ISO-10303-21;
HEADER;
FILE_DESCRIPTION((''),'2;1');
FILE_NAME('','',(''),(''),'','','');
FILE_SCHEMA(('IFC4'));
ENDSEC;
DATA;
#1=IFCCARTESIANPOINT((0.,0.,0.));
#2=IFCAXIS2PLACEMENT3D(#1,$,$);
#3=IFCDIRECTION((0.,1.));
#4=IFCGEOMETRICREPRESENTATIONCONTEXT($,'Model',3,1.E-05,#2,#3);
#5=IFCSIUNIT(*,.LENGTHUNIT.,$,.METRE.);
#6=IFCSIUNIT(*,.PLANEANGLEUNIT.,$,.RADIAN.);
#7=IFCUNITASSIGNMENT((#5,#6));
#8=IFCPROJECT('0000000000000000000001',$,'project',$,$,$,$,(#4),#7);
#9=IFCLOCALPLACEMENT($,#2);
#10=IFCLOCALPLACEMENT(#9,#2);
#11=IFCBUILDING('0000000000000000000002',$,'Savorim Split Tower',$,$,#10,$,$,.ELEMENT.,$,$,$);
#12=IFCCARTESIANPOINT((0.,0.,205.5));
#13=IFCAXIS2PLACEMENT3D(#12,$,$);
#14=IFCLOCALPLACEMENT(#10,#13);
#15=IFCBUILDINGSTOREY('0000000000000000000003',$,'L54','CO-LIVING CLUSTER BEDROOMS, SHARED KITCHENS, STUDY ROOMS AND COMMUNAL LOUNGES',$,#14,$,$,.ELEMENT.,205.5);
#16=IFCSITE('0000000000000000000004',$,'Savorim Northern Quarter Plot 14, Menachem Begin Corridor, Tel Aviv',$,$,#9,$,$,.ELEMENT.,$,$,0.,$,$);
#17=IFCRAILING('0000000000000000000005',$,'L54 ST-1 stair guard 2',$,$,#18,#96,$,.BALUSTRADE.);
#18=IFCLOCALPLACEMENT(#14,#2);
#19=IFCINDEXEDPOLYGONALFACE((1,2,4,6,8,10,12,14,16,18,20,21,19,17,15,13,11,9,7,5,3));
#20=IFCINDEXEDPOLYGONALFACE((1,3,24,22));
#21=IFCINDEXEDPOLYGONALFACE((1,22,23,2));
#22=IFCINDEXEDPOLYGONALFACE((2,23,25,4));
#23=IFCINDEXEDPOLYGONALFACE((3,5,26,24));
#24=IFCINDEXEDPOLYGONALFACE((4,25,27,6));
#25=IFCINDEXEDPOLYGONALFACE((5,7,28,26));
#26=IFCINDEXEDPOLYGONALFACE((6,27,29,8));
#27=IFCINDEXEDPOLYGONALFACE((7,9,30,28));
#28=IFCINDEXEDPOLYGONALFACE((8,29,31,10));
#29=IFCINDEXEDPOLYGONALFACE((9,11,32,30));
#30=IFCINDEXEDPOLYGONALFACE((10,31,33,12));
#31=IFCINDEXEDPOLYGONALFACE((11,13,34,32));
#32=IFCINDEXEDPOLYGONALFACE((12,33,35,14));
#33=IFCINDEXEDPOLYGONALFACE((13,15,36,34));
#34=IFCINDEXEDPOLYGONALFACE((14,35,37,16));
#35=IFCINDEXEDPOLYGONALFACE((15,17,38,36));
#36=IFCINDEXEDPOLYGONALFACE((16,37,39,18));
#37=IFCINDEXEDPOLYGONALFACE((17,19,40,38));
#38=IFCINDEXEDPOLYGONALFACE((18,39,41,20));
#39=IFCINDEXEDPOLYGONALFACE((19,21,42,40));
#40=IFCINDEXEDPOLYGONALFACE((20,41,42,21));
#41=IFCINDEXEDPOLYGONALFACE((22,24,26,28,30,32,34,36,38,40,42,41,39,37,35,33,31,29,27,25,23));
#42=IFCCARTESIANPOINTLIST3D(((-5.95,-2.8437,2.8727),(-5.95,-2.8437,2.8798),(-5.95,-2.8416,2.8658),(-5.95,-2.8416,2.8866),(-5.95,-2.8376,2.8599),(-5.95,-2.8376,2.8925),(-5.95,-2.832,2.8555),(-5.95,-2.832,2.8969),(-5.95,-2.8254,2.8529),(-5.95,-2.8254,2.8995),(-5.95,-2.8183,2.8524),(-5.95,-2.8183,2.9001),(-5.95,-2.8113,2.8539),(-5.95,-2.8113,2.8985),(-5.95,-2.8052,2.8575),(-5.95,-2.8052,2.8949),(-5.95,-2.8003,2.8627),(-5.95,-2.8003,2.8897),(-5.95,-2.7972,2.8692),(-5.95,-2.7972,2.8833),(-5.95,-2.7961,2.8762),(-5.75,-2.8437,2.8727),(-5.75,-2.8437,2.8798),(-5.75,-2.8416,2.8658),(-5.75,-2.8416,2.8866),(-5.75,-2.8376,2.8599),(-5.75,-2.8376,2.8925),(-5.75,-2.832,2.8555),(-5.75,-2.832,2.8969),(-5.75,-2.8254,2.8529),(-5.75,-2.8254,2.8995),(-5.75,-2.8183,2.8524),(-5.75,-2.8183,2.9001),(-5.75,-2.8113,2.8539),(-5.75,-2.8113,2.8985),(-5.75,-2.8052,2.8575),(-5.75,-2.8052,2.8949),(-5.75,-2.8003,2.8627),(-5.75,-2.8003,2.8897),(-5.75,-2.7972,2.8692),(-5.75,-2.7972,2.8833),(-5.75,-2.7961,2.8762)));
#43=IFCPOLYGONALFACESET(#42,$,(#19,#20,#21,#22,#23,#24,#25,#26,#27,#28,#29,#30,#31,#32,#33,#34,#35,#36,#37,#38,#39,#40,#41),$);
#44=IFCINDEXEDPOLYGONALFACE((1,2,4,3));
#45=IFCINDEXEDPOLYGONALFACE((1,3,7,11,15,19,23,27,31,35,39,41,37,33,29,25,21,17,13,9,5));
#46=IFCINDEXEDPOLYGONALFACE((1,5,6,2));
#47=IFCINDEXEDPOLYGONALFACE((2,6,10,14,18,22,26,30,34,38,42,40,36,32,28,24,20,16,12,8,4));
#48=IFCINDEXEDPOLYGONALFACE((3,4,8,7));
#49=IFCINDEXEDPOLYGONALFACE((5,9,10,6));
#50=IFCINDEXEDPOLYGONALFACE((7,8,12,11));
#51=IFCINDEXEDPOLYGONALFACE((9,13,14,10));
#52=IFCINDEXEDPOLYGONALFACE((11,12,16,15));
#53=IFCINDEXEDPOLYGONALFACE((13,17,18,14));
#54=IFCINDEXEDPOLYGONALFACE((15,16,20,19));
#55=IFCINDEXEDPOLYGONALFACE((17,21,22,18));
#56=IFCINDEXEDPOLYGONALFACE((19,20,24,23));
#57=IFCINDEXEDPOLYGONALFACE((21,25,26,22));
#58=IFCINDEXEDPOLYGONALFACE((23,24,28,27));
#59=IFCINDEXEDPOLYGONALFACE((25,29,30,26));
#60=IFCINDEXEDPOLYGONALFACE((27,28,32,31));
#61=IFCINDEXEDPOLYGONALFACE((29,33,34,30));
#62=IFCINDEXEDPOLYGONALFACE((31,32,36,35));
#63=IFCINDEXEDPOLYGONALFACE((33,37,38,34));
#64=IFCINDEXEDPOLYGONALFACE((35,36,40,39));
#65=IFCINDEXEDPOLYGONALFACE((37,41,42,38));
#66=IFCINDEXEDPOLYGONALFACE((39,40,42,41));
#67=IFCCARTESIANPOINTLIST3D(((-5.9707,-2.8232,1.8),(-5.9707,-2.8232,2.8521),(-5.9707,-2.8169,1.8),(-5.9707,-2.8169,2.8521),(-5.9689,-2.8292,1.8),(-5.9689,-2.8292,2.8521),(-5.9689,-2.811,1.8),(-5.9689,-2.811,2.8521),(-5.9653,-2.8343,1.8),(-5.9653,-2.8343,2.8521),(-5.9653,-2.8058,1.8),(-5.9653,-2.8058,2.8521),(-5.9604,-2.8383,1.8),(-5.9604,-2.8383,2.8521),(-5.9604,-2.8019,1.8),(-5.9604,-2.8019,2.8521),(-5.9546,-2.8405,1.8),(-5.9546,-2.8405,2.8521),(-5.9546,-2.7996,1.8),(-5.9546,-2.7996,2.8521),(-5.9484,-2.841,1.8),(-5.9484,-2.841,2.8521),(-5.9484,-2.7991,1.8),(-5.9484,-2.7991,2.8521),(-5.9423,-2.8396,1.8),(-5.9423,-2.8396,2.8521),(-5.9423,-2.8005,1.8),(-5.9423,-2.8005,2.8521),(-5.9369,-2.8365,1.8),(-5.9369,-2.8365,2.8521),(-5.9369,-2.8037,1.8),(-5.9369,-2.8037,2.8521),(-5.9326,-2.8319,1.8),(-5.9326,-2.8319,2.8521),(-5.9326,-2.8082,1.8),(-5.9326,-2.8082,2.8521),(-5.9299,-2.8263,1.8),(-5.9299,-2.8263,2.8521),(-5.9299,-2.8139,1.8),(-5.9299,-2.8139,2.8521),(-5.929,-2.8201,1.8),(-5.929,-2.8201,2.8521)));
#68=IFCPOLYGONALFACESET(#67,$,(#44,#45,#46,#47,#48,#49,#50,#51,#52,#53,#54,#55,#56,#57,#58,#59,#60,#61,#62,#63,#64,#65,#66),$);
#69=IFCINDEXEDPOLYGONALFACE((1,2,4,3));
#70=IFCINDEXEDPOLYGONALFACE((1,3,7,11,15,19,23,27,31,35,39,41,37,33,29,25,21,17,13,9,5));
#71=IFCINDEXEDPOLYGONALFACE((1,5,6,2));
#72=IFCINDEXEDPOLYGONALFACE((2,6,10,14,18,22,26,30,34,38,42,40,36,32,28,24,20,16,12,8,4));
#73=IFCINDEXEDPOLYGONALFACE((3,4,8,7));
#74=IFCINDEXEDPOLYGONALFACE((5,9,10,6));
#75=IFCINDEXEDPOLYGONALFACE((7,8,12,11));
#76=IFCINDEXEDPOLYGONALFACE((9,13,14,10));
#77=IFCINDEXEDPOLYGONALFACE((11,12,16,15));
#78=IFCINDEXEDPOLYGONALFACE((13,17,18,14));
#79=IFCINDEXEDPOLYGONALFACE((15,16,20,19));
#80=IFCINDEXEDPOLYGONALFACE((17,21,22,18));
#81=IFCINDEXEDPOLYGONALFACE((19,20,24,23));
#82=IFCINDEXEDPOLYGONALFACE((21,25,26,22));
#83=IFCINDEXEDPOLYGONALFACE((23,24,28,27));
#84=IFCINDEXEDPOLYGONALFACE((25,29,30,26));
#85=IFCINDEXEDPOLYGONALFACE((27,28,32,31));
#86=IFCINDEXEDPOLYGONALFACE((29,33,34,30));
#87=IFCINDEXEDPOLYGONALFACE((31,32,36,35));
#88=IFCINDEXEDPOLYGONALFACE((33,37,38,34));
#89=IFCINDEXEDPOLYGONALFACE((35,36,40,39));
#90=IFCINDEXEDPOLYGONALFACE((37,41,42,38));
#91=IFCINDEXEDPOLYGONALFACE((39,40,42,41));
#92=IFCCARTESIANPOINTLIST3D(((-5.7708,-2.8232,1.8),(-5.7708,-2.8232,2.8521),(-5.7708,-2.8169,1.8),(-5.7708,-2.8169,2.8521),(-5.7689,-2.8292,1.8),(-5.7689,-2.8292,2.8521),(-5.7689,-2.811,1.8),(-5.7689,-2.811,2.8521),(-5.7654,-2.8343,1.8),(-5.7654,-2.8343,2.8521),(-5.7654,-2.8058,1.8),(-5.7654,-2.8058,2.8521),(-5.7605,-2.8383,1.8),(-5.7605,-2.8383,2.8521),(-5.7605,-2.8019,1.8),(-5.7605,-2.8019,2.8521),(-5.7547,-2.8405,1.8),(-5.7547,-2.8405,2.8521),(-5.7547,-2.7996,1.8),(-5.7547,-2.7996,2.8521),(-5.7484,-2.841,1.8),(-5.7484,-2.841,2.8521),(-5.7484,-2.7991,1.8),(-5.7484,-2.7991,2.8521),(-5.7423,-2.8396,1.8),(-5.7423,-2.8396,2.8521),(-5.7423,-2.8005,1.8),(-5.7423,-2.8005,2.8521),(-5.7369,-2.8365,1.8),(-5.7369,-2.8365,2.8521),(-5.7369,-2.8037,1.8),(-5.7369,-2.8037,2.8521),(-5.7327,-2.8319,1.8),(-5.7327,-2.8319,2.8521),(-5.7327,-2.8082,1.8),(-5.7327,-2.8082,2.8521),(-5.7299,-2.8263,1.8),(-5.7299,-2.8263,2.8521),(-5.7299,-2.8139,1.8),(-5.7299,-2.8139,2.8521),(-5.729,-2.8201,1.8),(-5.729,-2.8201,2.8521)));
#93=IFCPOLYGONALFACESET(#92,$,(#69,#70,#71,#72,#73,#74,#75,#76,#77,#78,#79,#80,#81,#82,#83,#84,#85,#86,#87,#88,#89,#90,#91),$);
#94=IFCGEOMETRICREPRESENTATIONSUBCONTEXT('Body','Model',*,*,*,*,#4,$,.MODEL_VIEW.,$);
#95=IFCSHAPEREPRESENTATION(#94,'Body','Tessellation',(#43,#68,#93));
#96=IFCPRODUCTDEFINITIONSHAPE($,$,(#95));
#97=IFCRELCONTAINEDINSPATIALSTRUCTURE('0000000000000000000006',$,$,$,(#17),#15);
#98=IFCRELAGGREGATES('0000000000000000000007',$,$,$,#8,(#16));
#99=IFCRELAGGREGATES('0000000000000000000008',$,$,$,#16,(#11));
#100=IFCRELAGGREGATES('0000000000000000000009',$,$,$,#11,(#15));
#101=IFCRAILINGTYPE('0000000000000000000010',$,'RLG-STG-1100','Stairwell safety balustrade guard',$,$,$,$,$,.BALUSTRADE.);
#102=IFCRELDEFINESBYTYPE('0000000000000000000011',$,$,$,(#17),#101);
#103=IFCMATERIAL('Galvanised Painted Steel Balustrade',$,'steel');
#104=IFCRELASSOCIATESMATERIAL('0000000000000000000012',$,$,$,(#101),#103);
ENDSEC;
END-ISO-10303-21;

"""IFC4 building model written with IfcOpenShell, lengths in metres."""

from ifc_helpers import new_model, si_unit, direction, frame, origin, origin_2d, place, context, subcontext, project, spatial, circle, extrude, material, type_object, element, save


model = new_model("IFC4")

# Units and contexts
model_context = context("Model", 3, precision=1e-05, world=origin(), true_north=direction((0.0, 1.0)))
body_context = subcontext(model_context, "Body", "Model", "MODEL_VIEW")
ifc_project = project(units=[si_unit("LENGTHUNIT", "METRE"), si_unit("PLANEANGLEUNIT", "RADIAN")], contexts=[model_context])

# Site, building, storey
site_placement = place(None, origin())
site = spatial("IfcSite", under=ifc_project, at=site_placement, Name="Savorim Northern Quarter Plot 14, Menachem Begin Corridor, Tel Aviv", CompositionType="ELEMENT", RefElevation=0.0)
building_placement = place(site_placement, origin())
building = spatial("IfcBuilding", under=site, at=building_placement, Name="Savorim Split Tower", CompositionType="ELEMENT")
storey_placement = place(building_placement, frame((0.0, 0.0, 205.5)))
storey = spatial("IfcBuildingStorey", under=building, at=storey_placement, Name="L54", Description="CO-LIVING CLUSTER BEDROOMS, SHARED KITCHENS, STUDY ROOMS AND COMMUNAL LOUNGES", CompositionType="ELEMENT", Elevation=205.5)

# Railing
ifc_material_1 = material(Name="Galvanised Painted Steel Balustrade", Category="steel")
railing_type_1 = type_object("IfcRailingType", Name="RLG-STG-1100", Description="Stairwell safety balustrade guard", PredefinedType="BALUSTRADE", material=ifc_material_1)
railing_1_placement = place(storey_placement, frame((-5.95, -2.8201, 1.8)))
element("IfcRailing", 1, at=railing_1_placement, inside=storey, type_object=railing_type_1, Name="L54 ST-1 stair guard 2", PredefinedType="BALUSTRADE", context=body_context, shape_type="SweptSolid", body=[
    extrude(circle(Radius=0.0239, at=origin_2d()), frame((0.0, 0.0, 1.0762), z_axis=(1.0, 0.0, 0.0), x_axis=(0.0, 1.0, 0.0)), (0.0, 0.0, 1.0), 0.2),
    extrude(circle(Radius=0.021, at=origin_2d()), origin(), (0.0, 0.0, 1.0), 1.052),
    extrude(circle(Radius=0.021, at=origin_2d()), frame((0.2, 0.0, 0.0)), (0.0, 0.0, 1.0), 1.052),
])

save(model, "model.ifc")
